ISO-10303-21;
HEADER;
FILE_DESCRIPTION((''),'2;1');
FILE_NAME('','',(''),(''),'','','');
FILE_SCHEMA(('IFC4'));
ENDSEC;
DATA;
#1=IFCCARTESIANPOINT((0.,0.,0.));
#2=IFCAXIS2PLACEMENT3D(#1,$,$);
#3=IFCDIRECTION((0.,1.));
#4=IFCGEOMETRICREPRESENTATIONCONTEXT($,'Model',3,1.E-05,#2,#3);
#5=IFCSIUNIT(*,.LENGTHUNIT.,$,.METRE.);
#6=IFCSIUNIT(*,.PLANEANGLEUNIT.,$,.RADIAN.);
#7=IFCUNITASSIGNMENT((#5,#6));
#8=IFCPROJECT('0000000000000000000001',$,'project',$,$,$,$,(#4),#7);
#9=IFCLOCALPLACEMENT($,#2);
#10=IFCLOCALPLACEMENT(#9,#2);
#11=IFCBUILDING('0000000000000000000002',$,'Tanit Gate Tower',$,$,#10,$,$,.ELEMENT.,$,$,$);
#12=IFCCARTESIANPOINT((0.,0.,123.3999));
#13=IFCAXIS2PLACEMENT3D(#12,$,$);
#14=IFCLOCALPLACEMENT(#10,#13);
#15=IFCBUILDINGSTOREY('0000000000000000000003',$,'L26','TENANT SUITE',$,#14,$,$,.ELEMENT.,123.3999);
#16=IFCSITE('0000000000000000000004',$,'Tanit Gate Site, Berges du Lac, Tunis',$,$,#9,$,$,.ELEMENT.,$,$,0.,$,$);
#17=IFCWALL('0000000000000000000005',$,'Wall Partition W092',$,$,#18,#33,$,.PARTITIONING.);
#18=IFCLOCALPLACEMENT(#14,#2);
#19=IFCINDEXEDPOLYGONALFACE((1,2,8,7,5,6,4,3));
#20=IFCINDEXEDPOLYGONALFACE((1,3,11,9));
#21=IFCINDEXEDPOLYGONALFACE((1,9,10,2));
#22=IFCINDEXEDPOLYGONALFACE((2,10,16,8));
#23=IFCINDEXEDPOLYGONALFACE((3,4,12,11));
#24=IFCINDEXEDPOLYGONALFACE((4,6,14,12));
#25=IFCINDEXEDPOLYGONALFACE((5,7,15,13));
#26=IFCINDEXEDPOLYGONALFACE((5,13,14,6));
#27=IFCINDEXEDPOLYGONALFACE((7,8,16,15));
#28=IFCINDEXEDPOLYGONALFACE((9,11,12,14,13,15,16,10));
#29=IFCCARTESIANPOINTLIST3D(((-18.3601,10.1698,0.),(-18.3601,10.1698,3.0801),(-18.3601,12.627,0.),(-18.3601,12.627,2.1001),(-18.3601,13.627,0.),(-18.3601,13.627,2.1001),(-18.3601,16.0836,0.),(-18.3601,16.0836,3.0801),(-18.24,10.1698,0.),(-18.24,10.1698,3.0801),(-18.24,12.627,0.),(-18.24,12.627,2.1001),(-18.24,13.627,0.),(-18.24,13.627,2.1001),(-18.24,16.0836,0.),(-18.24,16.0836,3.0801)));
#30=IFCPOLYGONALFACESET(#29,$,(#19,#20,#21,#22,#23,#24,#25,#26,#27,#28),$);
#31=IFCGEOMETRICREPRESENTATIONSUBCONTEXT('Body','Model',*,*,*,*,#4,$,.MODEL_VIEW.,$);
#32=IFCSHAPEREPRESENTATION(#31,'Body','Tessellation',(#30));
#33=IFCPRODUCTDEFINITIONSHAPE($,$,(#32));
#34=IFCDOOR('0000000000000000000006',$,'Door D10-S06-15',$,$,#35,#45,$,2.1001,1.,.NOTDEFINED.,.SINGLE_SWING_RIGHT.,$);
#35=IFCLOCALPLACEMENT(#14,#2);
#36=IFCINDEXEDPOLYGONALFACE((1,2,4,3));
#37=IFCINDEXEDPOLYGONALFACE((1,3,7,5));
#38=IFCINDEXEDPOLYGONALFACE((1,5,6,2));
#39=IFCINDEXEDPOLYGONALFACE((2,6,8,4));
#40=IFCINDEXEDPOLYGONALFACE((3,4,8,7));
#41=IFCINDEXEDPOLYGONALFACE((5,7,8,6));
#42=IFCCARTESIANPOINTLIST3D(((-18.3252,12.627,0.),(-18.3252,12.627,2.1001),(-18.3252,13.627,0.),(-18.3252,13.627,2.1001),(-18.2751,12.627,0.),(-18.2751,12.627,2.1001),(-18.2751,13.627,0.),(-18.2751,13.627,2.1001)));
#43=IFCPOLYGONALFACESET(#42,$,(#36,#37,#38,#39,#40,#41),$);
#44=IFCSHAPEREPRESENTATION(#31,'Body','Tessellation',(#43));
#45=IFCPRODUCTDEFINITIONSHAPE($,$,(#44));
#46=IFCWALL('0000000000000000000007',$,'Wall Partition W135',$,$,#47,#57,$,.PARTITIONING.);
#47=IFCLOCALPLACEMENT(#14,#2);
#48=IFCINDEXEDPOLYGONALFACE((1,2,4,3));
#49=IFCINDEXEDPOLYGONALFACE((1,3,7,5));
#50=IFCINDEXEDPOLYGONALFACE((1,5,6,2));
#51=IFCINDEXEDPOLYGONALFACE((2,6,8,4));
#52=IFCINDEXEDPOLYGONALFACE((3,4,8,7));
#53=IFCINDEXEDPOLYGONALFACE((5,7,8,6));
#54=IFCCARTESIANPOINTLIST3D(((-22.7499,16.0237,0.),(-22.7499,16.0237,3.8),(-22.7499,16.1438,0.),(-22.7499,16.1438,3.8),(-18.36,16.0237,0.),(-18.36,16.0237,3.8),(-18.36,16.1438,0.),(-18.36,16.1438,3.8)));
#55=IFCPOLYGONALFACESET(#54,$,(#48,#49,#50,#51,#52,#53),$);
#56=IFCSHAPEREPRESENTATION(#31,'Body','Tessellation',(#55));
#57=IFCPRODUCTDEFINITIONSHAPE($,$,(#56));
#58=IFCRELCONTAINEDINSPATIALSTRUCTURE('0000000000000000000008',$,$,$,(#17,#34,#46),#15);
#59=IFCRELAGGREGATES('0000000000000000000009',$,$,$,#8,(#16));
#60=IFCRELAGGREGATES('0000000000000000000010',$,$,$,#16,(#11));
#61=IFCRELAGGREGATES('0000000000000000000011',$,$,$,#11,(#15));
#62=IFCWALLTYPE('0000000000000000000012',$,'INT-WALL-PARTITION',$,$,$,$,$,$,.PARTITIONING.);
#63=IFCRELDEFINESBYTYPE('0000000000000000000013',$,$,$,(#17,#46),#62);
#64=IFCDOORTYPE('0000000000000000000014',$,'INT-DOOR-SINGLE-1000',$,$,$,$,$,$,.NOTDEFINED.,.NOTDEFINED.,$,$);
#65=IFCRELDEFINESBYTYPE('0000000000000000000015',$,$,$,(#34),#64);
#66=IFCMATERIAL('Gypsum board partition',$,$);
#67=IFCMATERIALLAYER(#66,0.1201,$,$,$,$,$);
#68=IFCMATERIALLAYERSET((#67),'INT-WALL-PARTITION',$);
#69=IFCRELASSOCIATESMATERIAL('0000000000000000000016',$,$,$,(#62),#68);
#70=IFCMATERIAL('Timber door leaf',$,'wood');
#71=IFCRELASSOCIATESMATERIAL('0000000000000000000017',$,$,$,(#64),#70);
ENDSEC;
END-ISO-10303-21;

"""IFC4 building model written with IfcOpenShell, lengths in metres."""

from ifc_helpers import new_model, si_unit, direction, frame, frame_2d, origin, place, context, subcontext, project, spatial, rectangle, extrude, material, layer, layer_set, type_object, element, fill, save


model = new_model("IFC4")

# Units and contexts
model_context = context("Model", 3, precision=1e-05, world=origin(), true_north=direction((0.0, 1.0)))
body_context = subcontext(model_context, "Body", "Model", "MODEL_VIEW")
ifc_project = project(units=[si_unit("LENGTHUNIT", "METRE"), si_unit("PLANEANGLEUNIT", "RADIAN")], contexts=[model_context])

# Site, building, storey
site_placement = place(None, origin())
site = spatial("IfcSite", under=ifc_project, at=site_placement, Name="Tanit Gate Site, Berges du Lac, Tunis", CompositionType="ELEMENT", RefElevation=0.0)
building_placement = place(site_placement, origin())
building = spatial("IfcBuilding", under=site, at=building_placement, Name="Tanit Gate Tower", CompositionType="ELEMENT")
storey_placement = place(building_placement, frame((0.0, 0.0, 123.3999)))
storey = spatial("IfcBuildingStorey", under=building, at=storey_placement, Name="L26", Description="TENANT SUITE", CompositionType="ELEMENT", Elevation=123.3999)

# Wall, opening, door
ifc_material_1 = material(Name="Gypsum board partition")
ifc_layer_1 = layer(ifc_material_1, 0.1201)
ifc_layer_set_1 = layer_set([ifc_layer_1], Name="INT-WALL-PARTITION")
wall_type_1 = type_object("IfcWallType", Name="INT-WALL-PARTITION", PredefinedType="PARTITIONING", material=ifc_layer_set_1)
wall_1_placement = place(storey_placement, frame((-18.3, 16.0837, 0.0), z_axis=(0.0, 0.0, 1.0), x_axis=(0.0, -1.0, 0.0)))
wall_1 = element("IfcWall", 1, at=wall_1_placement, inside=storey, type_object=wall_type_1, Name="Wall Partition W092", PredefinedType="PARTITIONING", context=body_context, shape_type="SweptSolid", body=[
    extrude(rectangle(XDim=5.9138, YDim=0.1201, at=frame_2d((2.957, 0.0))), origin(), (0.0, 0.0, 1.0), 3.0801),
])
opening_1_placement = place(wall_1_placement, frame((2.4568, 0.0, 0.0)))
opening_1 = element("IfcOpeningElement", 2, at=opening_1_placement, cuts=wall_1, PredefinedType="OPENING", context=body_context, shape_type="SweptSolid", body=[
    extrude(rectangle(XDim=1.0, YDim=2.1001, at=frame_2d((0.5, 1.05))), frame((0.0, 0.0701, 0.0), z_axis=(0.0, -1.0, 0.0), x_axis=(1.0, 0.0, 0.0)), (0.0, 0.0, 1.0), 0.1401),
])
ifc_material_2 = material(Name="Timber door leaf", Category="wood")
door_type_1 = type_object("IfcDoorType", Name="INT-DOOR-SINGLE-1000", OperationType="NOTDEFINED", PredefinedType="NOTDEFINED", material=ifc_material_2)
door_1_placement = place(opening_1_placement, origin())
door_1 = element("IfcDoor", 3, at=door_1_placement, inside=storey, type_object=door_type_1, Name="Door D10-S06-15", OperationType="SINGLE_SWING_RIGHT", OverallHeight=2.1001, OverallWidth=1.0, PredefinedType="NOTDEFINED", context=body_context, shape_type="SweptSolid", body=[
    extrude(rectangle(XDim=1.0, YDim=2.1001, at=frame_2d((0.5, 1.05))), frame((0.0, 0.0249, 0.0), z_axis=(0.0, -1.0, 0.0), x_axis=(1.0, 0.0, 0.0)), (0.0, 0.0, 1.0), 0.05),
])
fill(opening_1, door_1)

# Wall
wall_2_placement = place(storey_placement, frame((-18.3601, 16.0837, 0.0), z_axis=(0.0, 0.0, 1.0), x_axis=(-1.0, 0.0, 0.0)))
element("IfcWall", 4, at=wall_2_placement, inside=storey, type_object=wall_type_1, Name="Wall Partition W135", PredefinedType="PARTITIONING", context=body_context, shape_type="SweptSolid", body=[
    extrude(rectangle(XDim=4.3899, YDim=0.1201, at=frame_2d((2.1948, 0.0))), origin(), (0.0, 0.0, 1.0), 3.8),
])

save(model, "model.ifc")
